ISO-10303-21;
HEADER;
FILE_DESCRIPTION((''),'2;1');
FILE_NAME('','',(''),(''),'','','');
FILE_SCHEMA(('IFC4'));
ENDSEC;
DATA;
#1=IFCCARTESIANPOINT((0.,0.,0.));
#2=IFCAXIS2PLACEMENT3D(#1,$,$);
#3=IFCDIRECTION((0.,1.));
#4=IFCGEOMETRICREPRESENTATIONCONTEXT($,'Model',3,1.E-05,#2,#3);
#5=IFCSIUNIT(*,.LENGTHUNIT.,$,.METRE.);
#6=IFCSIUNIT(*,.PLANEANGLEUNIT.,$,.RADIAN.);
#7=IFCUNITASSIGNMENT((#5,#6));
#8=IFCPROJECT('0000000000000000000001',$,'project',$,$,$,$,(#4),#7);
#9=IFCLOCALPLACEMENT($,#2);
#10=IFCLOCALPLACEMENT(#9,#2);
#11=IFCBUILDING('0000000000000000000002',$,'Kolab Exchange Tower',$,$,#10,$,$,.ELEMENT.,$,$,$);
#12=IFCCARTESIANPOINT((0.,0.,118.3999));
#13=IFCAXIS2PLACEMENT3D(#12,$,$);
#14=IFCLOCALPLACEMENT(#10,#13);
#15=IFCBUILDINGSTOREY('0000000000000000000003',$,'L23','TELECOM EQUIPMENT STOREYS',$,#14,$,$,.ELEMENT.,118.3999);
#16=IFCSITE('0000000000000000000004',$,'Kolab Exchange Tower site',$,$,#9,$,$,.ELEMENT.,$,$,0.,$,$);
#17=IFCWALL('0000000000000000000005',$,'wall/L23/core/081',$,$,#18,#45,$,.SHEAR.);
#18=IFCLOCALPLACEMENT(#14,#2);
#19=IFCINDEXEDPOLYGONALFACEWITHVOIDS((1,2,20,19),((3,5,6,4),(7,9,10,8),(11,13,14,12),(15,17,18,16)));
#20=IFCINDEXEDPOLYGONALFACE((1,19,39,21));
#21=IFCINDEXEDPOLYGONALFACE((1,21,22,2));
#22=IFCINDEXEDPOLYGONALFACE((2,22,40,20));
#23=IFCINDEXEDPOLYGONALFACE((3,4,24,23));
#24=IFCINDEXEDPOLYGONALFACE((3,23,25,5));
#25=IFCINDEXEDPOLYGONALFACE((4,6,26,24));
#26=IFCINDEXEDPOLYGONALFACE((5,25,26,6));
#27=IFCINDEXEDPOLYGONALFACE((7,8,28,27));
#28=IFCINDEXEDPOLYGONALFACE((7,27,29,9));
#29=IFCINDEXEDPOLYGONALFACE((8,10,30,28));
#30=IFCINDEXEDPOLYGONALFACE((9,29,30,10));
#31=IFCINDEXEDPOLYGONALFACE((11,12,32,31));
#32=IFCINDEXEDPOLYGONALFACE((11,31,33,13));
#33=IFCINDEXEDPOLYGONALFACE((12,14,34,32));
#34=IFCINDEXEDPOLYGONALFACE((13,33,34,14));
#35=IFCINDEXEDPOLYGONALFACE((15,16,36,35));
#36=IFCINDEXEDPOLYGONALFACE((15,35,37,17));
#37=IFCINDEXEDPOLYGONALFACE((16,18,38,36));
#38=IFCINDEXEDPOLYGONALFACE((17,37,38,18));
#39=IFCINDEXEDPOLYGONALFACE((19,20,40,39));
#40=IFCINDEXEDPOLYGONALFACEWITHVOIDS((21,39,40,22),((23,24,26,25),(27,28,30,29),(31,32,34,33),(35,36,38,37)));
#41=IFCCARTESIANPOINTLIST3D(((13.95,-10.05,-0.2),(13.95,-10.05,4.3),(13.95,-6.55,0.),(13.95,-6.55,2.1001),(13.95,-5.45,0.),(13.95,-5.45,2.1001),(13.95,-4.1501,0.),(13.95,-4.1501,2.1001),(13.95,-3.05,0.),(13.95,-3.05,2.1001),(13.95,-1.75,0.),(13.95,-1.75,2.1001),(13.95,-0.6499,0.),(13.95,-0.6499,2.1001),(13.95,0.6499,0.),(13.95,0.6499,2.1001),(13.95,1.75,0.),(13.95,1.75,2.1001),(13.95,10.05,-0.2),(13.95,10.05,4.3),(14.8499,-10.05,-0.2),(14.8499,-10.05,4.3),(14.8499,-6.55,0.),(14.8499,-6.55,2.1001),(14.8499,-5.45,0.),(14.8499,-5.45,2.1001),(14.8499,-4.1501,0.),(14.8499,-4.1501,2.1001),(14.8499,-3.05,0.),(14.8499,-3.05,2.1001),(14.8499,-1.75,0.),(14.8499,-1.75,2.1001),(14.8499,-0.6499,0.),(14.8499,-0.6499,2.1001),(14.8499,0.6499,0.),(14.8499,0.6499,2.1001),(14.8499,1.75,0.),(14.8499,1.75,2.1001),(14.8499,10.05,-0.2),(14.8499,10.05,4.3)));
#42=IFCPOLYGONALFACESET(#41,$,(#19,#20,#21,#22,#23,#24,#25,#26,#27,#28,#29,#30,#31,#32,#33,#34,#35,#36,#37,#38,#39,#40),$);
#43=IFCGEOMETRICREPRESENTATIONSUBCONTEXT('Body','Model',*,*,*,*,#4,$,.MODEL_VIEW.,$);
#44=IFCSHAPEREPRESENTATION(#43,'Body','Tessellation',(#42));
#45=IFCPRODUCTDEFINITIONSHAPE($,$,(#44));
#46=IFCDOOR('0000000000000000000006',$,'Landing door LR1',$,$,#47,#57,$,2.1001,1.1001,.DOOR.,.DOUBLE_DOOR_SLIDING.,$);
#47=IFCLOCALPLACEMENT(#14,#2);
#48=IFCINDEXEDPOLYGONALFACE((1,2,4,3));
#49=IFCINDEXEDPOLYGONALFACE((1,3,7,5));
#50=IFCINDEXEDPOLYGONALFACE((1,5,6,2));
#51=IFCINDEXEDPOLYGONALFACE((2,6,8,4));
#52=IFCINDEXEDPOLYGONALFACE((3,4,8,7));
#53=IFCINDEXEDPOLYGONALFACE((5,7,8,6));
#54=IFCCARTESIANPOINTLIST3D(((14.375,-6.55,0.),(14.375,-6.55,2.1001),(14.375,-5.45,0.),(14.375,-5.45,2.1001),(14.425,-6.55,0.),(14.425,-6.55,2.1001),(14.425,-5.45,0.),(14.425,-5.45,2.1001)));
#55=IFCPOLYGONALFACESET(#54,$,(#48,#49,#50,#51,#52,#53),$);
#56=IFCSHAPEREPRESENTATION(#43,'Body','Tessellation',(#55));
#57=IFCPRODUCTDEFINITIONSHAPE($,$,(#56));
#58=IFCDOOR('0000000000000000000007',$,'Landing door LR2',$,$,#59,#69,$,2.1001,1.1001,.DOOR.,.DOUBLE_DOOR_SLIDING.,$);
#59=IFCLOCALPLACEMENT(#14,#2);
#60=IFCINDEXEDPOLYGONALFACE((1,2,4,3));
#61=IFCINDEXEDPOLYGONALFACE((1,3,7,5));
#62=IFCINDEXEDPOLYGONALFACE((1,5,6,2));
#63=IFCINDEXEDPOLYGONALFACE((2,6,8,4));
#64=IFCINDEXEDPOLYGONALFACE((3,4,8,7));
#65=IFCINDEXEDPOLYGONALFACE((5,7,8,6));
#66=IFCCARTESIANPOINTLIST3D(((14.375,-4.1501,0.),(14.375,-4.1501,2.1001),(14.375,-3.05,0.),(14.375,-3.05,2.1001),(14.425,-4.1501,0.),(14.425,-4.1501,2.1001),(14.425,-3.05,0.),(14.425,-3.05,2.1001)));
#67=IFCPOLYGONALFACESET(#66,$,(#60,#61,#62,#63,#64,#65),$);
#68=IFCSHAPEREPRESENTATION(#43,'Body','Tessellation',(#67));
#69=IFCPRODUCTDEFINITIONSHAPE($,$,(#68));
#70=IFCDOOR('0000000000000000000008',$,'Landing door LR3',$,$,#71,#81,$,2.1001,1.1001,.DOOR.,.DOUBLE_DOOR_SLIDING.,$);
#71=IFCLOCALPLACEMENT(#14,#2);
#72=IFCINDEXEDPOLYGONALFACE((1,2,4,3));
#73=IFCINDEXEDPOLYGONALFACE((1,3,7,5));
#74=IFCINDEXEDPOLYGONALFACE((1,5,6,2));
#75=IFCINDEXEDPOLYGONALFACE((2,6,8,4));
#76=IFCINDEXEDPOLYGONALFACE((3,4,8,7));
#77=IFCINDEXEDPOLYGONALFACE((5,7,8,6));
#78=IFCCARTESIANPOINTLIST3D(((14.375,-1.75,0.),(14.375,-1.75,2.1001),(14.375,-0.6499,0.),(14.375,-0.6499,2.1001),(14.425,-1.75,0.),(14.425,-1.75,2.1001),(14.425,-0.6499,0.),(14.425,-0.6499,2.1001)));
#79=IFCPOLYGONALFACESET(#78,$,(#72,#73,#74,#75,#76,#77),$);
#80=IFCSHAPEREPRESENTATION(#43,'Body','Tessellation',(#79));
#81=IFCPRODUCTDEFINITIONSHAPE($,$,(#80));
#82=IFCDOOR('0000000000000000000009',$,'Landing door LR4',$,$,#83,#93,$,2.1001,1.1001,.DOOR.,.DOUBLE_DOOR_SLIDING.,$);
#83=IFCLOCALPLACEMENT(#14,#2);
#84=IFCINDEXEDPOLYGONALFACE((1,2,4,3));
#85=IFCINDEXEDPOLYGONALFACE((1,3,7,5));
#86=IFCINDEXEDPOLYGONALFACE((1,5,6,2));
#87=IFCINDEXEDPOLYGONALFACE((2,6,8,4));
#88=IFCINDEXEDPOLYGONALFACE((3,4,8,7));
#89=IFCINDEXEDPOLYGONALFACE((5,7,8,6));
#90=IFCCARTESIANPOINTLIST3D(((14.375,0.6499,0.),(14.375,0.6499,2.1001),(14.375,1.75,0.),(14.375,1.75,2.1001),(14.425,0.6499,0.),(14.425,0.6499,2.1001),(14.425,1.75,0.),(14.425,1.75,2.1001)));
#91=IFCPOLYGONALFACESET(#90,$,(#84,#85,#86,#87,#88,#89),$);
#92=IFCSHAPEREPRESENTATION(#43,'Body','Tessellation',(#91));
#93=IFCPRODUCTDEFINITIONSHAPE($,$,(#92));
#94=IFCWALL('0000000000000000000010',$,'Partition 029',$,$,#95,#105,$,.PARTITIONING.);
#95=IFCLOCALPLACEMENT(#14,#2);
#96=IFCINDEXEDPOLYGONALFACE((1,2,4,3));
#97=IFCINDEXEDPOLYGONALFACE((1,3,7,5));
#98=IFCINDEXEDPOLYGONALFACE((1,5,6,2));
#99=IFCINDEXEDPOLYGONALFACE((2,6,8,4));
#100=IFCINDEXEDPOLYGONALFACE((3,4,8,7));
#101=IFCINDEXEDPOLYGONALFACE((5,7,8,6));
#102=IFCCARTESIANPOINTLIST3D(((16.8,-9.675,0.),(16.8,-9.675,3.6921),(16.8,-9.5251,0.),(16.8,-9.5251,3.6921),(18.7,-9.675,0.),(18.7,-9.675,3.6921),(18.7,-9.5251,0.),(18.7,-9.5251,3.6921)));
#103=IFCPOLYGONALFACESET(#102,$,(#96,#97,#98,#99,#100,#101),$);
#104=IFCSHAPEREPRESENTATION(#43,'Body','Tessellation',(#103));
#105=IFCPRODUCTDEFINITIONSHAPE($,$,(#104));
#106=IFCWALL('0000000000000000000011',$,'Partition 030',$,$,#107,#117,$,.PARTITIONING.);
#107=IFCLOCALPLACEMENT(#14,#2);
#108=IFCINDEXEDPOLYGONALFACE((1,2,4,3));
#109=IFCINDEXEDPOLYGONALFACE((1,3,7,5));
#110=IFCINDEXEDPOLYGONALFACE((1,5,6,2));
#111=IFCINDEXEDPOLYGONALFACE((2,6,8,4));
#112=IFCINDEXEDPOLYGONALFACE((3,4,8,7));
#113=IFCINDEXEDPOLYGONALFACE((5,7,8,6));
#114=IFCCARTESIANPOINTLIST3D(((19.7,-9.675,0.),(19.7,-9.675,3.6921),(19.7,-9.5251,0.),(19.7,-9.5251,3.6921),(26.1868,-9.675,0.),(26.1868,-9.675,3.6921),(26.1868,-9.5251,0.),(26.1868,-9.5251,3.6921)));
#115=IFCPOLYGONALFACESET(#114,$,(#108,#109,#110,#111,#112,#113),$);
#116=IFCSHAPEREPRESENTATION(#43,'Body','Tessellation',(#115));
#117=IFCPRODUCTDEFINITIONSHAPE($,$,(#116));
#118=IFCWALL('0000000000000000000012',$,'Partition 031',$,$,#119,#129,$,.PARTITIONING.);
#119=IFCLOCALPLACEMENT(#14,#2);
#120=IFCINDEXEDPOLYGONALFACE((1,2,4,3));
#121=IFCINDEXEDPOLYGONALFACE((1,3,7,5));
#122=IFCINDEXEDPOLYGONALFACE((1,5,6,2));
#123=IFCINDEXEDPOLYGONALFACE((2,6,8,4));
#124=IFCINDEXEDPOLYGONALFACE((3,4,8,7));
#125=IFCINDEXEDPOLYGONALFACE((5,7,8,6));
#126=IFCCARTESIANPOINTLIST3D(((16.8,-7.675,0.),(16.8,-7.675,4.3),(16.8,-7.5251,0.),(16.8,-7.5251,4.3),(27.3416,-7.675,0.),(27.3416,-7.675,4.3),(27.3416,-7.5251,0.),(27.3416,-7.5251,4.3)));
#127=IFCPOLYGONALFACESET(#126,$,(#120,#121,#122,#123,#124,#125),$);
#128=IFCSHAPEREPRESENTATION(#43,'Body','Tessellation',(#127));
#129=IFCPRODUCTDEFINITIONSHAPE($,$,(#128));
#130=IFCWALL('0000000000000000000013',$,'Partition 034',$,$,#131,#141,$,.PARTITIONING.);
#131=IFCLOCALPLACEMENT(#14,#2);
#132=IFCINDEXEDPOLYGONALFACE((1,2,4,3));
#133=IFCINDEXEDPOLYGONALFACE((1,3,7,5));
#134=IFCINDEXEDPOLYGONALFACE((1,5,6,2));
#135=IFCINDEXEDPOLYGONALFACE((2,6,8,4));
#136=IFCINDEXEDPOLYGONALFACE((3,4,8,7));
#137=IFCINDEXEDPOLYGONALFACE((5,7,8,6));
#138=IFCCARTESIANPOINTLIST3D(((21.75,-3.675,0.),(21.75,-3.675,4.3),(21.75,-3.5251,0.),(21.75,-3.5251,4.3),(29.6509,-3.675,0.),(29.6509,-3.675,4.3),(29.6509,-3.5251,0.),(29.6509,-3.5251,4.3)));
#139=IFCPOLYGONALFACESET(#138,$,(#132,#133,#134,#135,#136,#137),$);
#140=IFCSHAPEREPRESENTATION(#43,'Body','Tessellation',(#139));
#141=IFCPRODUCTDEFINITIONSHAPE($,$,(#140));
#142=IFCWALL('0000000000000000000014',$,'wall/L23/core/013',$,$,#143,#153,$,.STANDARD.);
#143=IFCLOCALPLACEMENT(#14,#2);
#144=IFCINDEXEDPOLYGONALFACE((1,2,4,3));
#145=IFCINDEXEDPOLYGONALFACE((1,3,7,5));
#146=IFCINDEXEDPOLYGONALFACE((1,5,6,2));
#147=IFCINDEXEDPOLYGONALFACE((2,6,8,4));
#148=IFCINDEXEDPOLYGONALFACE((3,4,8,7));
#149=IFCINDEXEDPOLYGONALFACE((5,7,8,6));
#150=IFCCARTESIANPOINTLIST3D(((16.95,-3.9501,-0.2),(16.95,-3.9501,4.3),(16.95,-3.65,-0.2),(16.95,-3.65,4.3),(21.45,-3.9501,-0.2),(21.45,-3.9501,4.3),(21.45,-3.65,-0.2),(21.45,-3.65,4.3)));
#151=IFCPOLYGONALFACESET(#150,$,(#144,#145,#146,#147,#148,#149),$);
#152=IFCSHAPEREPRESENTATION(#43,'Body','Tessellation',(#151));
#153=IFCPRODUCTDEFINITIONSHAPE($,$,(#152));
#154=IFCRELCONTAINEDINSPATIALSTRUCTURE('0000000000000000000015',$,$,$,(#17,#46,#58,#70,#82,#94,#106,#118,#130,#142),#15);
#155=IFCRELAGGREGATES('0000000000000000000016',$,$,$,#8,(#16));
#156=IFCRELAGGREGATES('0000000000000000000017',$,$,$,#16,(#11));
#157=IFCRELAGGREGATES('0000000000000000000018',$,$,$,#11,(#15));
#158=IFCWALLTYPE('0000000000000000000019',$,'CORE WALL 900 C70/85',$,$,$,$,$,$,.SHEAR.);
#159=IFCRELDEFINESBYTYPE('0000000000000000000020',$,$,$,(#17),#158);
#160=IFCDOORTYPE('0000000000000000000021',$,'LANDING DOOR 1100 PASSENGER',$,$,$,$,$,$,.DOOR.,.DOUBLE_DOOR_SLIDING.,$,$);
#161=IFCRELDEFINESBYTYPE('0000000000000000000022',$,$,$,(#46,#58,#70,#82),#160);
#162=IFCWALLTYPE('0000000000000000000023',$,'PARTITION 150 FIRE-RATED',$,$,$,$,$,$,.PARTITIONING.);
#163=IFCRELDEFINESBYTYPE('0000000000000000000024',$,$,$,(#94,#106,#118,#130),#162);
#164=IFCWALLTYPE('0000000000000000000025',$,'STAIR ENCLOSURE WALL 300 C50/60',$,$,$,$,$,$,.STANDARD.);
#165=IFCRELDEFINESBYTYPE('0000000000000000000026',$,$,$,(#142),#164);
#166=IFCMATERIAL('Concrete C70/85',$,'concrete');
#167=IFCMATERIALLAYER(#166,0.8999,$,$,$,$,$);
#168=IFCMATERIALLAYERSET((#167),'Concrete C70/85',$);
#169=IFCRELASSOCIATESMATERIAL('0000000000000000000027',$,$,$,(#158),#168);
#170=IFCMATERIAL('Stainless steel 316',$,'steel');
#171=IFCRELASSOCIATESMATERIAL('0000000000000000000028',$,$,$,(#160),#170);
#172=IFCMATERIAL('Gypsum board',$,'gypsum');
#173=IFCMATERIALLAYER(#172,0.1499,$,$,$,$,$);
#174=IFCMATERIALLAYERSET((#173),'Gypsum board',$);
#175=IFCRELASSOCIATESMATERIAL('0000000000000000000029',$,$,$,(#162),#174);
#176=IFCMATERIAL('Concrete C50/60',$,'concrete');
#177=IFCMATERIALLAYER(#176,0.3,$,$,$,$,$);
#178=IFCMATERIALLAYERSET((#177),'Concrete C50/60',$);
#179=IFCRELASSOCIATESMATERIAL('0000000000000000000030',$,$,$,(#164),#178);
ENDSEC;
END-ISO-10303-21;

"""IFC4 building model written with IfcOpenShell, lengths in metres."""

from ifc_helpers import new_model, si_unit, direction, frame, frame_2d, origin, place, context, subcontext, project, spatial, rectangle, extrude, material, layer, layer_set, type_object, element, fill, save


model = new_model("IFC4")

# Units and contexts
model_context = context("Model", 3, precision=1e-05, world=origin(), true_north=direction((0.0, 1.0)))
body_context = subcontext(model_context, "Body", "Model", "MODEL_VIEW")
ifc_project = project(units=[si_unit("LENGTHUNIT", "METRE"), si_unit("PLANEANGLEUNIT", "RADIAN")], contexts=[model_context])

# Site, building, storey
site_placement = place(None, origin())
site = spatial("IfcSite", under=ifc_project, at=site_placement, Name="Kolab Exchange Tower site", CompositionType="ELEMENT", RefElevation=0.0)
building_placement = place(site_placement, origin())
building = spatial("IfcBuilding", under=site, at=building_placement, Name="Kolab Exchange Tower", CompositionType="ELEMENT")
storey_placement = place(building_placement, frame((0.0, 0.0, 118.3999)))
storey = spatial("IfcBuildingStorey", under=building, at=storey_placement, Name="L23", Description="TELECOM EQUIPMENT STOREYS", CompositionType="ELEMENT", Elevation=118.3999)

# Shared definitions
ifc_material_1 = material(Name="Concrete C70/85", Category="concrete")

# Wall, openings, doors
ifc_layer_1 = layer(ifc_material_1, 0.8999)
ifc_layer_set_1 = layer_set([ifc_layer_1], Name="Concrete C70/85")
wall_type_1 = type_object("IfcWallType", Name="CORE WALL 900 C70/85", PredefinedType="SHEAR", material=ifc_layer_set_1)
wall_1_placement = place(storey_placement, frame((14.3999, -10.05, -0.2), z_axis=(0.0, 0.0, 1.0), x_axis=(0.0, 1.0, 0.0)))
wall_1 = element("IfcWall", 1, at=wall_1_placement, inside=storey, type_object=wall_type_1, Name="wall/L23/core/081", PredefinedType="SHEAR", context=body_context, shape_type="SweptSolid", body=[
    extrude(rectangle(XDim=20.1001, YDim=0.8999, at=frame_2d((10.05, 0.0))), origin(), (0.0, 0.0, 1.0), 4.5),
])
opening_1_placement = place(wall_1_placement, frame((3.5, 0.0, 0.2)))
opening_1 = element("IfcOpeningElement", 2, at=opening_1_placement, cuts=wall_1, PredefinedType="OPENING", context=body_context, shape_type="SweptSolid", body=[
    extrude(rectangle(XDim=1.1001, YDim=2.1001, at=frame_2d((0.55, 1.05))), frame((0.0, 0.46, 0.0), z_axis=(0.0, -1.0, 0.0), x_axis=(1.0, 0.0, 0.0)), (0.0, 0.0, 1.0), 0.9199),
])
opening_2_placement = place(wall_1_placement, frame((5.8999, 0.0, 0.2)))
opening_2 = element("IfcOpeningElement", 3, at=opening_2_placement, cuts=wall_1, PredefinedType="OPENING", context=body_context, shape_type="SweptSolid", body=[
    extrude(rectangle(XDim=1.1001, YDim=2.1001, at=frame_2d((0.55, 1.05))), frame((0.0, 0.46, 0.0), z_axis=(0.0, -1.0, 0.0), x_axis=(1.0, 0.0, 0.0)), (0.0, 0.0, 1.0), 0.9199),
])
opening_3_placement = place(wall_1_placement, frame((8.3, 0.0, 0.2)))
opening_3 = element("IfcOpeningElement", 4, at=opening_3_placement, cuts=wall_1, PredefinedType="OPENING", context=body_context, shape_type="SweptSolid", body=[
    extrude(rectangle(XDim=1.1001, YDim=2.1001, at=frame_2d((0.55, 1.05))), frame((0.0, 0.46, 0.0), z_axis=(0.0, -1.0, 0.0), x_axis=(1.0, 0.0, 0.0)), (0.0, 0.0, 1.0), 0.9199),
])
opening_4_placement = place(wall_1_placement, frame((10.7, 0.0, 0.2)))
opening_4 = element("IfcOpeningElement", 5, at=opening_4_placement, cuts=wall_1, PredefinedType="OPENING", context=body_context, shape_type="SweptSolid", body=[
    extrude(rectangle(XDim=1.1001, YDim=2.1001, at=frame_2d((0.55, 1.05))), frame((0.0, 0.46, 0.0), z_axis=(0.0, -1.0, 0.0), x_axis=(1.0, 0.0, 0.0)), (0.0, 0.0, 1.0), 0.9199),
])
ifc_material_2 = material(Name="Stainless steel 316", Category="steel")
door_type_1 = type_object("IfcDoorType", Name="LANDING DOOR 1100 PASSENGER", OperationType="DOUBLE_DOOR_SLIDING", PredefinedType="DOOR", material=ifc_material_2)
door_1_placement = place(opening_1_placement, origin())
door_1 = element("IfcDoor", 6, at=door_1_placement, inside=storey, type_object=door_type_1, Name="Landing door LR1", OperationType="DOUBLE_DOOR_SLIDING", OverallHeight=2.1001, OverallWidth=1.1001, PredefinedType="DOOR", context=body_context, shape_type="SweptSolid", body=[
    extrude(rectangle(XDim=1.1001, YDim=2.1001, at=frame_2d((0.55, 1.05))), frame((0.0, 0.0249, 0.0), z_axis=(0.0, -1.0, 0.0), x_axis=(1.0, 0.0, 0.0)), (0.0, 0.0, 1.0), 0.05),
])
fill(opening_1, door_1)
door_2_placement = place(opening_2_placement, origin())
door_2 = element("IfcDoor", 7, at=door_2_placement, inside=storey, type_object=door_type_1, Name="Landing door LR2", OperationType="DOUBLE_DOOR_SLIDING", OverallHeight=2.1001, OverallWidth=1.1001, PredefinedType="DOOR", context=body_context, shape_type="SweptSolid", body=[
    extrude(rectangle(XDim=1.1001, YDim=2.1001, at=frame_2d((0.55, 1.05))), frame((0.0, 0.0249, 0.0), z_axis=(0.0, -1.0, 0.0), x_axis=(1.0, 0.0, 0.0)), (0.0, 0.0, 1.0), 0.05),
])
fill(opening_2, door_2)
door_3_placement = place(opening_3_placement, origin())
door_3 = element("IfcDoor", 8, at=door_3_placement, inside=storey, type_object=door_type_1, Name="Landing door LR3", OperationType="DOUBLE_DOOR_SLIDING", OverallHeight=2.1001, OverallWidth=1.1001, PredefinedType="DOOR", context=body_context, shape_type="SweptSolid", body=[
    extrude(rectangle(XDim=1.1001, YDim=2.1001, at=frame_2d((0.55, 1.05))), frame((0.0, 0.0249, 0.0), z_axis=(0.0, -1.0, 0.0), x_axis=(1.0, 0.0, 0.0)), (0.0, 0.0, 1.0), 0.05),
])
fill(opening_3, door_3)
door_4_placement = place(opening_4_placement, origin())
door_4 = element("IfcDoor", 9, at=door_4_placement, inside=storey, type_object=door_type_1, Name="Landing door LR4", OperationType="DOUBLE_DOOR_SLIDING", OverallHeight=2.1001, OverallWidth=1.1001, PredefinedType="DOOR", context=body_context, shape_type="SweptSolid", body=[
    extrude(rectangle(XDim=1.1001, YDim=2.1001, at=frame_2d((0.55, 1.05))), frame((0.0, 0.0249, 0.0), z_axis=(0.0, -1.0, 0.0), x_axis=(1.0, 0.0, 0.0)), (0.0, 0.0, 1.0), 0.05),
])
fill(opening_4, door_4)

# Walls
ifc_material_3 = material(Name="Gypsum board", Category="gypsum")
ifc_layer_2 = layer(ifc_material_3, 0.1499)
ifc_layer_set_2 = layer_set([ifc_layer_2], Name="Gypsum board")
wall_type_2 = type_object("IfcWallType", Name="PARTITION 150 FIRE-RATED", PredefinedType="PARTITIONING", material=ifc_layer_set_2)
wall_2_placement = place(storey_placement, frame((16.8, -9.6001, 0.0), z_axis=(0.0, 0.0, 1.0), x_axis=(1.0, 0.0, 0.0)))
element("IfcWall", 10, at=wall_2_placement, inside=storey, type_object=wall_type_2, Name="Partition 029", PredefinedType="PARTITIONING", context=body_context, shape_type="SweptSolid", body=[
    extrude(rectangle(XDim=1.8999, YDim=0.1499, at=frame_2d((0.95, 0.0))), origin(), (0.0, 0.0, 1.0), 3.6921),
])
wall_3_placement = place(storey_placement, frame((19.7, -9.6001, 0.0), z_axis=(0.0, 0.0, 1.0), x_axis=(1.0, 0.0, 0.0)))
element("IfcWall", 11, at=wall_3_placement, inside=storey, type_object=wall_type_2, Name="Partition 030", PredefinedType="PARTITIONING", context=body_context, shape_type="SweptSolid", body=[
    extrude(rectangle(XDim=6.4868, YDim=0.1499, at=frame_2d((3.2434, 0.0))), origin(), (0.0, 0.0, 1.0), 3.6921),
])
wall_4_placement = place(storey_placement, frame((16.8, -7.6001, 0.0), z_axis=(0.0, 0.0, 1.0), x_axis=(1.0, 0.0, 0.0)))
element("IfcWall", 12, at=wall_4_placement, inside=storey, type_object=wall_type_2, Name="Partition 031", PredefinedType="PARTITIONING", context=body_context, shape_type="SweptSolid", body=[
    extrude(rectangle(XDim=10.5415, YDim=0.1499, at=frame_2d((5.2708, 0.0))), origin(), (0.0, 0.0, 1.0), 4.3),
])
wall_5_placement = place(storey_placement, frame((21.75, -3.6001, 0.0), z_axis=(0.0, 0.0, 1.0), x_axis=(1.0, 0.0, 0.0)))
element("IfcWall", 13, at=wall_5_placement, inside=storey, type_object=wall_type_2, Name="Partition 034", PredefinedType="PARTITIONING", context=body_context, shape_type="SweptSolid", body=[
    extrude(rectangle(XDim=7.9009, YDim=0.1499, at=frame_2d((3.9504, 0.0))), origin(), (0.0, 0.0, 1.0), 4.3),
])
ifc_material_4 = material(Name="Concrete C50/60", Category="concrete")
ifc_layer_3 = layer(ifc_material_4, 0.3)
ifc_layer_set_3 = layer_set([ifc_layer_3], Name="Concrete C50/60")
wall_type_3 = type_object("IfcWallType", Name="STAIR ENCLOSURE WALL 300 C50/60", PredefinedType="STANDARD", material=ifc_layer_set_3)
wall_6_placement = place(storey_placement, frame((16.95, -3.8, -0.2), z_axis=(0.0, 0.0, 1.0), x_axis=(1.0, 0.0, 0.0)))
element("IfcWall", 14, at=wall_6_placement, inside=storey, type_object=wall_type_3, Name="wall/L23/core/013", PredefinedType="STANDARD", context=body_context, shape_type="SweptSolid", body=[
    extrude(rectangle(XDim=4.5, YDim=0.3, at=frame_2d((2.25, 0.0))), origin(), (0.0, 0.0, 1.0), 4.5),
])

save(model, "model.ifc")
